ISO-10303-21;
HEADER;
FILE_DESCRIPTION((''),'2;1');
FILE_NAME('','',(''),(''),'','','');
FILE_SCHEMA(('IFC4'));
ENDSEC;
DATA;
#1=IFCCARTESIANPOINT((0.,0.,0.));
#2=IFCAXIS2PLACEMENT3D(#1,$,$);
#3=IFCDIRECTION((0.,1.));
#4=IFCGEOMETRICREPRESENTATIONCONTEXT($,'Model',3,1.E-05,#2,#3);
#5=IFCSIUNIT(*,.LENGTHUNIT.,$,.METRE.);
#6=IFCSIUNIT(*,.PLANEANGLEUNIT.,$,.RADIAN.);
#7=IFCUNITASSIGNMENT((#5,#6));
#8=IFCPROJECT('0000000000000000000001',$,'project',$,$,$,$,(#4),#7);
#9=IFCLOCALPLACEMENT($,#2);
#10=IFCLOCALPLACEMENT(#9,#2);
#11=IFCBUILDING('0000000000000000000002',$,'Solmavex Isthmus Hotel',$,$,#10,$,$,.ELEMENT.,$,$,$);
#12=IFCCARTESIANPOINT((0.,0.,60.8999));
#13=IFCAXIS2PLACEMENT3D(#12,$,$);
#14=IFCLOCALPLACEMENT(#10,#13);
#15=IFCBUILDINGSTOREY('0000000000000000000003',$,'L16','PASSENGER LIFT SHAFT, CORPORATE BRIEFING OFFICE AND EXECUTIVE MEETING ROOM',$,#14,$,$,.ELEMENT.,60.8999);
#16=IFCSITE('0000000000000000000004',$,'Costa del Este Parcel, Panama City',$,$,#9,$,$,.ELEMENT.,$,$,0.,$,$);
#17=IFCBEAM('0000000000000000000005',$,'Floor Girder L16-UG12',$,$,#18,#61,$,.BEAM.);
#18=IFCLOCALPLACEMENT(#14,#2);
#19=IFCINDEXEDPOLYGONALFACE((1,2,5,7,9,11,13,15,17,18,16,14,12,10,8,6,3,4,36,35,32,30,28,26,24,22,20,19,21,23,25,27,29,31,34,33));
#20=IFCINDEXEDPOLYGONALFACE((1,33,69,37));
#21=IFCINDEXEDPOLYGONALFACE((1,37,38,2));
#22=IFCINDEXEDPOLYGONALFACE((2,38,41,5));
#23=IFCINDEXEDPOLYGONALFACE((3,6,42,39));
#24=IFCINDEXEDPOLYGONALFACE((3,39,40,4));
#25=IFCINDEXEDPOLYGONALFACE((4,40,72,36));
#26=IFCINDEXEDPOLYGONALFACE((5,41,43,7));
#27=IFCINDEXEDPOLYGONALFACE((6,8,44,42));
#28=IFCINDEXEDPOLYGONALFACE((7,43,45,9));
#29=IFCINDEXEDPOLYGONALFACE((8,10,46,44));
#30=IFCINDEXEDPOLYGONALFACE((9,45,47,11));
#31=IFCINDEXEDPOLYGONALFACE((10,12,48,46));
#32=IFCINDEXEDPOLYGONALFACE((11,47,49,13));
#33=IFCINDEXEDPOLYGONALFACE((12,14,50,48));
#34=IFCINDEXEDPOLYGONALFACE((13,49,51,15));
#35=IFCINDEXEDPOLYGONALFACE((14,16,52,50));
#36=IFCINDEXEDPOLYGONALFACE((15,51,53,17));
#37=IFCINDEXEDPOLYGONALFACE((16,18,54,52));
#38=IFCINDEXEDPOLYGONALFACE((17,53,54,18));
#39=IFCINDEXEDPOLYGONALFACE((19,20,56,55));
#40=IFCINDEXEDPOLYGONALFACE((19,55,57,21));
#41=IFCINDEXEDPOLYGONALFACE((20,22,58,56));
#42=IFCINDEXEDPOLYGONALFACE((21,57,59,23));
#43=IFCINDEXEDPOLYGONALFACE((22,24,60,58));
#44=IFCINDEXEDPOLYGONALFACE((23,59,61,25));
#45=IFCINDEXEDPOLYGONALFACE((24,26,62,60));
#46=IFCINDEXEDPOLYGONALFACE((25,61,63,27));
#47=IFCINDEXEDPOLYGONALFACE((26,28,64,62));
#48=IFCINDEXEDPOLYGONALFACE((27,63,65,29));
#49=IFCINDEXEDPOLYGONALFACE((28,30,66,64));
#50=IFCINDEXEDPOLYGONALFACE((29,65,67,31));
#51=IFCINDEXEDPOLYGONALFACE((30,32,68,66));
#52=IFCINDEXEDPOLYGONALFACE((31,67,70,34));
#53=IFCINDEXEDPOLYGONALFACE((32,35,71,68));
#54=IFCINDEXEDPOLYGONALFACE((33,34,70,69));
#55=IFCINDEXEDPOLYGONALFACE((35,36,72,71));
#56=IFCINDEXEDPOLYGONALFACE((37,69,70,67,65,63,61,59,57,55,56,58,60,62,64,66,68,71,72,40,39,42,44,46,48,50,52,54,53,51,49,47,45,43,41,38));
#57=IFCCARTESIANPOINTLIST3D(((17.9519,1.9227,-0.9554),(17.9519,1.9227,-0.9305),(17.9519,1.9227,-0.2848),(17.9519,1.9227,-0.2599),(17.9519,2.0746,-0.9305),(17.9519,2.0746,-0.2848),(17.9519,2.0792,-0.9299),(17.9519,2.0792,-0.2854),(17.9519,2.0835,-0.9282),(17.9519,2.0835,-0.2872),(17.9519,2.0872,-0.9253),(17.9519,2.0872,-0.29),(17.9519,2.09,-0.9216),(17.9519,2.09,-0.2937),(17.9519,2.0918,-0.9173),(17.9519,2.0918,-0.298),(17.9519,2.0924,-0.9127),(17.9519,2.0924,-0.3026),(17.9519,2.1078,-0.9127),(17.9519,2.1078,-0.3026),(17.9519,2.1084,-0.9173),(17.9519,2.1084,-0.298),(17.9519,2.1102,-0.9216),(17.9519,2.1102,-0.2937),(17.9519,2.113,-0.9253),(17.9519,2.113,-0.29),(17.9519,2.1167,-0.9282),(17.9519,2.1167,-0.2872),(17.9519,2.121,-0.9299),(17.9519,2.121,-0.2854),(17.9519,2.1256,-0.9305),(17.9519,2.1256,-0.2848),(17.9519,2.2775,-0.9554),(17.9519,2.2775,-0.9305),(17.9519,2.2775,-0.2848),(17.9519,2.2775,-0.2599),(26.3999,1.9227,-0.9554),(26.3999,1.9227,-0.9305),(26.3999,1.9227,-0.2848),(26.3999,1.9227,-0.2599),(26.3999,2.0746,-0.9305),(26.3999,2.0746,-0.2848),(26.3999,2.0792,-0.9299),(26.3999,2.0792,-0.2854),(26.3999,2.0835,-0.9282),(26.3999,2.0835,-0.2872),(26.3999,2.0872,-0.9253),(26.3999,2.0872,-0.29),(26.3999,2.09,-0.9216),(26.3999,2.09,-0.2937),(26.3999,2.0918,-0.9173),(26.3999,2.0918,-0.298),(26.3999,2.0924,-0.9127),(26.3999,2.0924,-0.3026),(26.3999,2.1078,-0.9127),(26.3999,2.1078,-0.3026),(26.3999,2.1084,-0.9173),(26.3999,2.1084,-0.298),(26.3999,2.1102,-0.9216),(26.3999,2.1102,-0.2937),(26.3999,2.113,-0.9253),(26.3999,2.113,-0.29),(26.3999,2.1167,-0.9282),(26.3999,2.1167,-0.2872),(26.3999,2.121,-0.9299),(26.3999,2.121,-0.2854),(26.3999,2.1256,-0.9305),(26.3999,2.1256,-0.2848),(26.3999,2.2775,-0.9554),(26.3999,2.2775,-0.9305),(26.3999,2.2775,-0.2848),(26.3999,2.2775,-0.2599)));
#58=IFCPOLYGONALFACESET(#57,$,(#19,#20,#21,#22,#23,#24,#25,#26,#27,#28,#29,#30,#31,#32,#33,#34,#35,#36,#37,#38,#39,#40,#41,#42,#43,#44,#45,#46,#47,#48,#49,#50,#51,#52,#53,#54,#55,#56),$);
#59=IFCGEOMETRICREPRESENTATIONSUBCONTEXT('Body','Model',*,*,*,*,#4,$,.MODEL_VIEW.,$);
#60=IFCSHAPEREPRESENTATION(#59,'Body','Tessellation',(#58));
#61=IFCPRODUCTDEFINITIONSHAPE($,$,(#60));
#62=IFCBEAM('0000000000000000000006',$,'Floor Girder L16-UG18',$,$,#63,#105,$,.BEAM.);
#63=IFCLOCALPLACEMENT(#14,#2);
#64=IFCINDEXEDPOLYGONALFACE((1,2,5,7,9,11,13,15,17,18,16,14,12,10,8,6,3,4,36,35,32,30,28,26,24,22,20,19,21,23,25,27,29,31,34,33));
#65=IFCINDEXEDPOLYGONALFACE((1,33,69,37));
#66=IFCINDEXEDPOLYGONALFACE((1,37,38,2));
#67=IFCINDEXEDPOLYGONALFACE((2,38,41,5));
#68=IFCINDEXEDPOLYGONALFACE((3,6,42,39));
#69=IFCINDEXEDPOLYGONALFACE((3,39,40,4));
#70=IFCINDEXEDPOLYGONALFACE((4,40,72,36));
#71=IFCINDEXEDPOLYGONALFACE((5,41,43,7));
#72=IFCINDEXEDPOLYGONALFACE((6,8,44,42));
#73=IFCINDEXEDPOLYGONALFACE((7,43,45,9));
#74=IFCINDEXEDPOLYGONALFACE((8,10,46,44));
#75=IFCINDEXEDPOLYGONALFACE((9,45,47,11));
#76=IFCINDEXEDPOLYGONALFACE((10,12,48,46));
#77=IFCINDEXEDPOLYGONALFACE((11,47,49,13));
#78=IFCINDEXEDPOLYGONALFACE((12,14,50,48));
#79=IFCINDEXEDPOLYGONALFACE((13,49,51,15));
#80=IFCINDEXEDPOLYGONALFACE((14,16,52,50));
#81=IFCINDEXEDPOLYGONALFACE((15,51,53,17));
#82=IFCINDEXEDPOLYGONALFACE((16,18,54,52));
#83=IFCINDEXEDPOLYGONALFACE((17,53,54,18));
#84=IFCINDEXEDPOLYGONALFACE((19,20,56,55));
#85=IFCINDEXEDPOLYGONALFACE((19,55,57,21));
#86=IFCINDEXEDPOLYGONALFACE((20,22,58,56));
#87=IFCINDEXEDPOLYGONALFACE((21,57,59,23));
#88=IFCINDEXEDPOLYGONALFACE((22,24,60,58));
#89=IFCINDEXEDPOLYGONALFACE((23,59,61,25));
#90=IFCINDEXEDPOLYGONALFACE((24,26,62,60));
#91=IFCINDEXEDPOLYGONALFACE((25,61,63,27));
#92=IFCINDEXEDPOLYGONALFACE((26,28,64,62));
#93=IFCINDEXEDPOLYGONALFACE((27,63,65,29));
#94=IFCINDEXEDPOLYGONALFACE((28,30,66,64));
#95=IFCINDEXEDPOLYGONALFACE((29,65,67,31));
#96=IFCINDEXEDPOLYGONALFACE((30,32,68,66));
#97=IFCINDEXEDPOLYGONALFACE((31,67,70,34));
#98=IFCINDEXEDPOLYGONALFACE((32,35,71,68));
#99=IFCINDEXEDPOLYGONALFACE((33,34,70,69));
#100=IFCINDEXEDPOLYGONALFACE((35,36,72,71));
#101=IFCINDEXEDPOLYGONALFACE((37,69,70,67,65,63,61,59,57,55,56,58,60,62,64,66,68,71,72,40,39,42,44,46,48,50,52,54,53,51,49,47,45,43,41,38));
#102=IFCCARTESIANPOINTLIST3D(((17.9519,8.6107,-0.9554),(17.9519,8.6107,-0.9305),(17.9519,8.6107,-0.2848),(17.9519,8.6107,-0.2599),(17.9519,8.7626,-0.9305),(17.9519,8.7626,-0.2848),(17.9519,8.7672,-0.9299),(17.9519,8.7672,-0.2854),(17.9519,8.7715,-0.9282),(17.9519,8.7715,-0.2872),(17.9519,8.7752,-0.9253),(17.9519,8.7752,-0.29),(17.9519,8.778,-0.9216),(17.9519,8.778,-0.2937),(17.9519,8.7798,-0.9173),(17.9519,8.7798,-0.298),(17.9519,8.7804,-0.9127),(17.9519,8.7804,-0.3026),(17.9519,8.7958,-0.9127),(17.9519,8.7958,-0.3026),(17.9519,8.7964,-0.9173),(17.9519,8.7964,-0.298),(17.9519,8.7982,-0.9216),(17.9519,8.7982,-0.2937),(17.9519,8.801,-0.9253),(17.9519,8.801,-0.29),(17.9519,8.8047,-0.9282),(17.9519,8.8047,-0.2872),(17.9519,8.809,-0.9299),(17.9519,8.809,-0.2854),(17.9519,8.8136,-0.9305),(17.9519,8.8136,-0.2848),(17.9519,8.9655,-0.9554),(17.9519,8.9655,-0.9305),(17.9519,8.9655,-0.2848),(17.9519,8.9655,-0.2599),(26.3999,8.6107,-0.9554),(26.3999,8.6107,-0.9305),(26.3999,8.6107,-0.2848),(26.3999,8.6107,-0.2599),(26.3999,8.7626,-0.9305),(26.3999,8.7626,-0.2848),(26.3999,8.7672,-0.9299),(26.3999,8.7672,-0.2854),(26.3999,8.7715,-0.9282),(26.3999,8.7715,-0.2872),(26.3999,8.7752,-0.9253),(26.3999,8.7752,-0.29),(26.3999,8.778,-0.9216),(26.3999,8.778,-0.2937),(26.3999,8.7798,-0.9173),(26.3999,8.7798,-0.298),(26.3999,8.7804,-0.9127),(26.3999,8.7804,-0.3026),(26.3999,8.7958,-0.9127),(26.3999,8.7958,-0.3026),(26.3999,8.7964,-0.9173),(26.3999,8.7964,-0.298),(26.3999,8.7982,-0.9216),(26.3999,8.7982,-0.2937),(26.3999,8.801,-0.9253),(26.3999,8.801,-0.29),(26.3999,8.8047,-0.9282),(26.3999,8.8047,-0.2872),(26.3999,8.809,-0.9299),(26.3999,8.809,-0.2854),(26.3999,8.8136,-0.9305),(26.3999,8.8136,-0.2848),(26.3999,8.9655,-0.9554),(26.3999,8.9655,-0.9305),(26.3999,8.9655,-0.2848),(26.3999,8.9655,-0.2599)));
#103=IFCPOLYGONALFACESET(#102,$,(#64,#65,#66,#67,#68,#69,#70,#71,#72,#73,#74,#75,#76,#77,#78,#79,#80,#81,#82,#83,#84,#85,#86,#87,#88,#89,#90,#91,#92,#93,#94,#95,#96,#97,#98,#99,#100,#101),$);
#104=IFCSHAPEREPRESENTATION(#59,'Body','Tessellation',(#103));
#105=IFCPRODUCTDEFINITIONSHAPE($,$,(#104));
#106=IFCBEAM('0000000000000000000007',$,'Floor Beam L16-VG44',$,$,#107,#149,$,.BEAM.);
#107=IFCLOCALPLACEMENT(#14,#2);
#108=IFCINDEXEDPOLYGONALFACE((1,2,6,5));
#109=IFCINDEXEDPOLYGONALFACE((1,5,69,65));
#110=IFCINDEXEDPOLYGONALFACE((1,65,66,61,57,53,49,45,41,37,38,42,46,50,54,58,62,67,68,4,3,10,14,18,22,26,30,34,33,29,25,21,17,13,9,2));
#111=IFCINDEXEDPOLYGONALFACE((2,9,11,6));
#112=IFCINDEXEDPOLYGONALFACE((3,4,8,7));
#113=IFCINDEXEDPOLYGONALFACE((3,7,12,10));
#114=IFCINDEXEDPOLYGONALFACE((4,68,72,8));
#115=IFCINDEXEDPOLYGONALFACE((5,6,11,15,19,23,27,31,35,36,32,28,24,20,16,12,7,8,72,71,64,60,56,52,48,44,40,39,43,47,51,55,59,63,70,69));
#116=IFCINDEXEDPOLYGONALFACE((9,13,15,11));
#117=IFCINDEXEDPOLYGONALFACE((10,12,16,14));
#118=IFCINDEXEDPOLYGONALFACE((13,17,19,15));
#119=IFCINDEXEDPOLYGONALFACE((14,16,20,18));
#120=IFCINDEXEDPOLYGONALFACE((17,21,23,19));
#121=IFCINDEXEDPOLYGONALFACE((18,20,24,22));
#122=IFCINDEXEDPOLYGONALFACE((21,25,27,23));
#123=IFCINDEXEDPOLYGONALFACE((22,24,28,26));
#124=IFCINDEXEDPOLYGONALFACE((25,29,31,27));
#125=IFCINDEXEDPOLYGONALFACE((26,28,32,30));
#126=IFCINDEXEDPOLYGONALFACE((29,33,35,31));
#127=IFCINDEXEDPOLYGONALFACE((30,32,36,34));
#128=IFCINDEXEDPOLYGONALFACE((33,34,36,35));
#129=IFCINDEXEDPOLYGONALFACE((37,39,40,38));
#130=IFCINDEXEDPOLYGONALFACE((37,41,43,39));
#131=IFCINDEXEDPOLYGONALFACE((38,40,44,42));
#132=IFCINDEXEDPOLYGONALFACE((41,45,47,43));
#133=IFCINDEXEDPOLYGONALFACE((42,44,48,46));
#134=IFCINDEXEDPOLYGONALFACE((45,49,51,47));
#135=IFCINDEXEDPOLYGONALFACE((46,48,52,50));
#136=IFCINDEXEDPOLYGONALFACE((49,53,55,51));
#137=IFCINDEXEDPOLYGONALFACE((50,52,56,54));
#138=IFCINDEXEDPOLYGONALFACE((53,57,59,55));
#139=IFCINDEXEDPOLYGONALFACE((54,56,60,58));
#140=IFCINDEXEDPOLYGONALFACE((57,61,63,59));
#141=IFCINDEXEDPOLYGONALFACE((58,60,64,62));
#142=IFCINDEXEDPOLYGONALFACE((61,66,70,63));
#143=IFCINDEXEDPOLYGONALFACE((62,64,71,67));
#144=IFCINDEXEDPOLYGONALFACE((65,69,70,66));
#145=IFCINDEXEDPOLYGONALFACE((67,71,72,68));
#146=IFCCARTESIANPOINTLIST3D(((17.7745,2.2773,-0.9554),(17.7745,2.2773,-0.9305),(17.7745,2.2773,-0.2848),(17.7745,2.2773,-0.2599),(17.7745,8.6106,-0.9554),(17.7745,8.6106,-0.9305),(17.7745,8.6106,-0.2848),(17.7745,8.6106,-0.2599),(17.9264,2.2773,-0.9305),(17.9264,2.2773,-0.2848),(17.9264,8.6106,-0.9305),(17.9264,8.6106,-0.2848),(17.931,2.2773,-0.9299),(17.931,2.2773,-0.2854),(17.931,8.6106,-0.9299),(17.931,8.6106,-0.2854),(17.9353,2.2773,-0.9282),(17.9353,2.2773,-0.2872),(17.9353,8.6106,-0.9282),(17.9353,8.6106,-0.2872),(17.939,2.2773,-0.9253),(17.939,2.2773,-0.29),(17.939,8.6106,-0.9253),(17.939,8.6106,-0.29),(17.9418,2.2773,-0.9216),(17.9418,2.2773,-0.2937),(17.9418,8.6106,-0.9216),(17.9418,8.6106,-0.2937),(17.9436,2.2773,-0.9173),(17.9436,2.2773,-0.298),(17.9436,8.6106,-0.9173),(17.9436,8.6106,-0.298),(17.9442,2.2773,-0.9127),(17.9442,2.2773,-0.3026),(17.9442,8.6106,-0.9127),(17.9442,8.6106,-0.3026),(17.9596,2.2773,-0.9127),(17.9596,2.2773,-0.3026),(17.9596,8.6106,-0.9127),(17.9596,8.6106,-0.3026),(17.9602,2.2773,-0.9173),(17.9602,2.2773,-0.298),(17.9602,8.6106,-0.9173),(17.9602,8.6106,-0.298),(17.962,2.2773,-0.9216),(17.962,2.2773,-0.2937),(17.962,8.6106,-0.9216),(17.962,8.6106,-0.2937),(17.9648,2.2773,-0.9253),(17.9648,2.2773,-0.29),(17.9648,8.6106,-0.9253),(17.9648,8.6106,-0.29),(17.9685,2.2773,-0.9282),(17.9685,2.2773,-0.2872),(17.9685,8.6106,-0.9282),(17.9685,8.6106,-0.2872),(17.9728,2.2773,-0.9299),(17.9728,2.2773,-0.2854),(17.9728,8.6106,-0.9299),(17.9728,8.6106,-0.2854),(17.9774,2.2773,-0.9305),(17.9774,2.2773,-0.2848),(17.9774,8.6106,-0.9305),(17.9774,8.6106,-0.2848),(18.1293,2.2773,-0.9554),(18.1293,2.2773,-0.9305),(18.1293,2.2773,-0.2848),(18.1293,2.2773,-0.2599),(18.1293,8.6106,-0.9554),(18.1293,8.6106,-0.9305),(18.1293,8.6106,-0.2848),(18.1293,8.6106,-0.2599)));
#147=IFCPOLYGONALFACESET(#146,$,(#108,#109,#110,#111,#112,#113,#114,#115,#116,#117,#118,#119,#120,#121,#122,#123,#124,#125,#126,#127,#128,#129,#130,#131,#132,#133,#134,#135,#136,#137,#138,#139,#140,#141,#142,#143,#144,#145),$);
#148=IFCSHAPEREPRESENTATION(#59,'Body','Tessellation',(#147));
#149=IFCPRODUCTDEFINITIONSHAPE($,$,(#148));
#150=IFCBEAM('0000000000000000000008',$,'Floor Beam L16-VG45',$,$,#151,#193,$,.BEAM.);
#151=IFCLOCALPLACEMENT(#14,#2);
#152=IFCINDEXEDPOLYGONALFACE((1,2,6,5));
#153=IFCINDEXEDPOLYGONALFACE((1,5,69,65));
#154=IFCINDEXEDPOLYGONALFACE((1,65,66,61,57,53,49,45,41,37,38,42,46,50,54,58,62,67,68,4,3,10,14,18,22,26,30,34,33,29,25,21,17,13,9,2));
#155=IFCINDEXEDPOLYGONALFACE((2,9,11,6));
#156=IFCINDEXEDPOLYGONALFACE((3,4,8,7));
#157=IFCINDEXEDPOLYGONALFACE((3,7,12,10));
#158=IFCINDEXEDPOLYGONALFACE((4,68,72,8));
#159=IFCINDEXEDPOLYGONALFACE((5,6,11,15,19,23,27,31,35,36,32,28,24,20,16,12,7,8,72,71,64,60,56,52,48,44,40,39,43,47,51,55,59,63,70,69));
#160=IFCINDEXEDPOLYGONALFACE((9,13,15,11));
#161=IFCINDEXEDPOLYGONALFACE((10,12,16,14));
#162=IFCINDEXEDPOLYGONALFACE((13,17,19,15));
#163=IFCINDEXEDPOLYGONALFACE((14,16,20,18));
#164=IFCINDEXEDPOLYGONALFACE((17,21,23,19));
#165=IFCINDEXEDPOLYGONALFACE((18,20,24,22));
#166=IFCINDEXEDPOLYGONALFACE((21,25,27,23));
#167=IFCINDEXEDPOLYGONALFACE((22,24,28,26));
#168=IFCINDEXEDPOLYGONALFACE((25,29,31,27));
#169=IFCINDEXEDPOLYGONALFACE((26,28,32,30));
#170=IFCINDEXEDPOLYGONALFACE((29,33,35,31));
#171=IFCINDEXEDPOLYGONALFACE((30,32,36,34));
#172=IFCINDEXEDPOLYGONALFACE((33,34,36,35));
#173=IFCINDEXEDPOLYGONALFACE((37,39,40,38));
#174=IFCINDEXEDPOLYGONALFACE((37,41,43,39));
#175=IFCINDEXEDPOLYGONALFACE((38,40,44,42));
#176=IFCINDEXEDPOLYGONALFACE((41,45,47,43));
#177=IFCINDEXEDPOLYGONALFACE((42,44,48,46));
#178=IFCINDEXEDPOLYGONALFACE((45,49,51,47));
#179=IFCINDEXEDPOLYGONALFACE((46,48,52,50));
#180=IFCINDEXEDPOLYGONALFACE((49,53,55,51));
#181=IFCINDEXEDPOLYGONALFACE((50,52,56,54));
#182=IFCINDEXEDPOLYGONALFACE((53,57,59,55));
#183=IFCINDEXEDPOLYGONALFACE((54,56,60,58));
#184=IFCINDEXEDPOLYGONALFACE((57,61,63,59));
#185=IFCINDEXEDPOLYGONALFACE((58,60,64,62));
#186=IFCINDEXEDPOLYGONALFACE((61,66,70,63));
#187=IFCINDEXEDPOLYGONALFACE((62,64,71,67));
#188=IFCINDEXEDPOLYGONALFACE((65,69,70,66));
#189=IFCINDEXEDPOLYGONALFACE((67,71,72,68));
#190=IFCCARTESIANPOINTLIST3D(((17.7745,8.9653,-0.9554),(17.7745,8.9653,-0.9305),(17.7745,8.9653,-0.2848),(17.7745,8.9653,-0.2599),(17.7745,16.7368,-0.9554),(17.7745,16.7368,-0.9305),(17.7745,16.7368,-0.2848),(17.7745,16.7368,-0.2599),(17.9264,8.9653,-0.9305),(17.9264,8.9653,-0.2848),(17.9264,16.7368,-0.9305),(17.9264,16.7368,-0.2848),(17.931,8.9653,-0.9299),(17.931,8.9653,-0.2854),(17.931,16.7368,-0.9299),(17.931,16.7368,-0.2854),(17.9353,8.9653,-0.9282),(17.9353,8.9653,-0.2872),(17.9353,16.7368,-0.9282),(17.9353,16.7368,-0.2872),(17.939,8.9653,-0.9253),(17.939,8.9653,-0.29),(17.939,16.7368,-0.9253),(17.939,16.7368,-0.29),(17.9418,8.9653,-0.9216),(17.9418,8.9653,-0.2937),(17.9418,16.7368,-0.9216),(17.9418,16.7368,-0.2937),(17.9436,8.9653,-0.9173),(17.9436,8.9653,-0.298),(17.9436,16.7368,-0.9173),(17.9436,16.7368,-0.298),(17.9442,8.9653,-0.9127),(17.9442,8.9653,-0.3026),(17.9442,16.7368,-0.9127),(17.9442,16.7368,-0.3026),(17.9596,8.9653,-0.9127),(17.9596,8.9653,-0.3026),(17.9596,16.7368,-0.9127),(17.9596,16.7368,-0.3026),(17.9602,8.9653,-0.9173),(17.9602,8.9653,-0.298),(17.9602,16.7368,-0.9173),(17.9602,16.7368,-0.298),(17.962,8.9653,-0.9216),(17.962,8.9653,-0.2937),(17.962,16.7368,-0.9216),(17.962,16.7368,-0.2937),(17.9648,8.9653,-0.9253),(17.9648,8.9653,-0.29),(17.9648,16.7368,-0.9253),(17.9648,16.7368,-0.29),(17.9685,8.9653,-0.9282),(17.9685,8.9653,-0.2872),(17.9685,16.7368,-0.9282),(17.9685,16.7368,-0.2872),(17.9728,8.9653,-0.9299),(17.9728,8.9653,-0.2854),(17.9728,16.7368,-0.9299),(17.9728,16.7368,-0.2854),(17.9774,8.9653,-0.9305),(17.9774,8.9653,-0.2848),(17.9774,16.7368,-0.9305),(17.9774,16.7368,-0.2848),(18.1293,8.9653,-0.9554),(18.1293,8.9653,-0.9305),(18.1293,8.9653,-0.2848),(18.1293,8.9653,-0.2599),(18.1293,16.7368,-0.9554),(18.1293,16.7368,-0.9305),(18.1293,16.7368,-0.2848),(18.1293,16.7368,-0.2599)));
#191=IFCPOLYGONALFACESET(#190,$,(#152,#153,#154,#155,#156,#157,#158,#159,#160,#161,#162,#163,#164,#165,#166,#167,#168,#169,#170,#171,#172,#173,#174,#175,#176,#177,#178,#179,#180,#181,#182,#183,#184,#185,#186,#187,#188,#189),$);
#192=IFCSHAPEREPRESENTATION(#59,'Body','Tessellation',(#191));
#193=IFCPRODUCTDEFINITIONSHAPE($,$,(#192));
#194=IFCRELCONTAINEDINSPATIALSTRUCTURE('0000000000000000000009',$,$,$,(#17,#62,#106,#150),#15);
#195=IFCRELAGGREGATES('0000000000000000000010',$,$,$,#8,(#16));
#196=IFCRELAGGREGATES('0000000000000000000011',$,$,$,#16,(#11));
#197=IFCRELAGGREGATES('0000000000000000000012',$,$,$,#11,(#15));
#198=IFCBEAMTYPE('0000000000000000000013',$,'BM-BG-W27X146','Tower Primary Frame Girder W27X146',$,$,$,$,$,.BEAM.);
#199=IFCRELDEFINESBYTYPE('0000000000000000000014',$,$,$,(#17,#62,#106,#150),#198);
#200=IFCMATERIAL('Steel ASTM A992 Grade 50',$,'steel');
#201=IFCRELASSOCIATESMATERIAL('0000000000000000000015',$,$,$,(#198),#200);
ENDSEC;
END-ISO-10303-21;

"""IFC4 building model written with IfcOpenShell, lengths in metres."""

from ifc_helpers import new_model, si_unit, direction, frame, origin, origin_2d, place, context, subcontext, project, spatial, i_section, extrude, material, material_profile, profile_set, type_object, element, save


model = new_model("IFC4")

# Units and contexts
model_context = context("Model", 3, precision=1e-05, world=origin(), true_north=direction((0.0, 1.0)))
body_context = subcontext(model_context, "Body", "Model", "MODEL_VIEW")
ifc_project = project(units=[si_unit("LENGTHUNIT", "METRE"), si_unit("PLANEANGLEUNIT", "RADIAN")], contexts=[model_context])

# Site, building, storey
site_placement = place(None, origin())
site = spatial("IfcSite", under=ifc_project, at=site_placement, Name="Costa del Este Parcel, Panama City", CompositionType="ELEMENT", RefElevation=0.0)
building_placement = place(site_placement, origin())
building = spatial("IfcBuilding", under=site, at=building_placement, Name="Solmavex Isthmus Hotel", CompositionType="ELEMENT")
storey_placement = place(building_placement, frame((0.0, 0.0, 60.8999)))
storey = spatial("IfcBuildingStorey", under=building, at=storey_placement, Name="L16", Description="PASSENGER LIFT SHAFT, CORPORATE BRIEFING OFFICE AND EXECUTIVE MEETING ROOM", CompositionType="ELEMENT", Elevation=60.8999)

# Beams
ifc_material_1 = material(Name="Steel ASTM A992 Grade 50", Category="steel")
ifc_material_profile_1 = material_profile(ifc_material_1, i_section(OverallWidth=0.3547, OverallDepth=0.6956, WebThickness=0.0154, FlangeThickness=0.0249, FilletRadius=0.0178, at=origin_2d()), Name="W27X146")
ifc_profile_set_1 = profile_set([ifc_material_profile_1], Name="Steel ASTM A992 Grade 50")
beam_type_1 = type_object("IfcBeamType", Name="BM-BG-W27X146", Description="Tower Primary Frame Girder W27X146", PredefinedType="BEAM", material=ifc_profile_set_1)
for number, where, z_axis, x_axis, name in (
    (1, (17.9519, 2.1001, -0.6077), (1.0, 0.0, 0.0), (0.0, 1.0, 0.0), "Floor Girder L16-UG12"),
    (2, (17.9519, 8.7881, -0.6077), (1.0, 0.0, 0.0), (0.0, 1.0, 0.0), "Floor Girder L16-UG18"),
):
    element("IfcBeam", number, at=place(storey_placement, frame(where, z_axis=z_axis, x_axis=x_axis)), inside=storey, type_object=beam_type_1, Name=name, PredefinedType="BEAM", context=body_context, shape_type="SweptSolid", body=[
        extrude(i_section(OverallWidth=0.3547, OverallDepth=0.6956, WebThickness=0.0154, FlangeThickness=0.0249, FilletRadius=0.0178, at=origin_2d()), origin(), (0.0, 0.0, 1.0), 8.448),
    ])
beam_1_placement = place(storey_placement, frame((17.9519, 2.2773, -0.6077), z_axis=(0.0, 1.0, 0.0), x_axis=(-1.0, 0.0, 0.0)))
element("IfcBeam", 3, at=beam_1_placement, inside=storey, type_object=beam_type_1, Name="Floor Beam L16-VG44", PredefinedType="BEAM", context=body_context, shape_type="SweptSolid", body=[
    extrude(i_section(OverallWidth=0.3547, OverallDepth=0.6956, WebThickness=0.0154, FlangeThickness=0.0249, FilletRadius=0.0178, at=origin_2d()), origin(), (0.0, 0.0, 1.0), 6.3333),
])
beam_2_placement = place(storey_placement, frame((17.9519, 8.9653, -0.6077), z_axis=(0.0, 1.0, 0.0), x_axis=(-1.0, 0.0, 0.0)))
element("IfcBeam", 4, at=beam_2_placement, inside=storey, type_object=beam_type_1, Name="Floor Beam L16-VG45", PredefinedType="BEAM", context=body_context, shape_type="SweptSolid", body=[
    extrude(i_section(OverallWidth=0.3547, OverallDepth=0.6956, WebThickness=0.0154, FlangeThickness=0.0249, FilletRadius=0.0178, at=origin_2d()), origin(), (0.0, 0.0, 1.0), 7.7715),
])

save(model, "model.ifc")
